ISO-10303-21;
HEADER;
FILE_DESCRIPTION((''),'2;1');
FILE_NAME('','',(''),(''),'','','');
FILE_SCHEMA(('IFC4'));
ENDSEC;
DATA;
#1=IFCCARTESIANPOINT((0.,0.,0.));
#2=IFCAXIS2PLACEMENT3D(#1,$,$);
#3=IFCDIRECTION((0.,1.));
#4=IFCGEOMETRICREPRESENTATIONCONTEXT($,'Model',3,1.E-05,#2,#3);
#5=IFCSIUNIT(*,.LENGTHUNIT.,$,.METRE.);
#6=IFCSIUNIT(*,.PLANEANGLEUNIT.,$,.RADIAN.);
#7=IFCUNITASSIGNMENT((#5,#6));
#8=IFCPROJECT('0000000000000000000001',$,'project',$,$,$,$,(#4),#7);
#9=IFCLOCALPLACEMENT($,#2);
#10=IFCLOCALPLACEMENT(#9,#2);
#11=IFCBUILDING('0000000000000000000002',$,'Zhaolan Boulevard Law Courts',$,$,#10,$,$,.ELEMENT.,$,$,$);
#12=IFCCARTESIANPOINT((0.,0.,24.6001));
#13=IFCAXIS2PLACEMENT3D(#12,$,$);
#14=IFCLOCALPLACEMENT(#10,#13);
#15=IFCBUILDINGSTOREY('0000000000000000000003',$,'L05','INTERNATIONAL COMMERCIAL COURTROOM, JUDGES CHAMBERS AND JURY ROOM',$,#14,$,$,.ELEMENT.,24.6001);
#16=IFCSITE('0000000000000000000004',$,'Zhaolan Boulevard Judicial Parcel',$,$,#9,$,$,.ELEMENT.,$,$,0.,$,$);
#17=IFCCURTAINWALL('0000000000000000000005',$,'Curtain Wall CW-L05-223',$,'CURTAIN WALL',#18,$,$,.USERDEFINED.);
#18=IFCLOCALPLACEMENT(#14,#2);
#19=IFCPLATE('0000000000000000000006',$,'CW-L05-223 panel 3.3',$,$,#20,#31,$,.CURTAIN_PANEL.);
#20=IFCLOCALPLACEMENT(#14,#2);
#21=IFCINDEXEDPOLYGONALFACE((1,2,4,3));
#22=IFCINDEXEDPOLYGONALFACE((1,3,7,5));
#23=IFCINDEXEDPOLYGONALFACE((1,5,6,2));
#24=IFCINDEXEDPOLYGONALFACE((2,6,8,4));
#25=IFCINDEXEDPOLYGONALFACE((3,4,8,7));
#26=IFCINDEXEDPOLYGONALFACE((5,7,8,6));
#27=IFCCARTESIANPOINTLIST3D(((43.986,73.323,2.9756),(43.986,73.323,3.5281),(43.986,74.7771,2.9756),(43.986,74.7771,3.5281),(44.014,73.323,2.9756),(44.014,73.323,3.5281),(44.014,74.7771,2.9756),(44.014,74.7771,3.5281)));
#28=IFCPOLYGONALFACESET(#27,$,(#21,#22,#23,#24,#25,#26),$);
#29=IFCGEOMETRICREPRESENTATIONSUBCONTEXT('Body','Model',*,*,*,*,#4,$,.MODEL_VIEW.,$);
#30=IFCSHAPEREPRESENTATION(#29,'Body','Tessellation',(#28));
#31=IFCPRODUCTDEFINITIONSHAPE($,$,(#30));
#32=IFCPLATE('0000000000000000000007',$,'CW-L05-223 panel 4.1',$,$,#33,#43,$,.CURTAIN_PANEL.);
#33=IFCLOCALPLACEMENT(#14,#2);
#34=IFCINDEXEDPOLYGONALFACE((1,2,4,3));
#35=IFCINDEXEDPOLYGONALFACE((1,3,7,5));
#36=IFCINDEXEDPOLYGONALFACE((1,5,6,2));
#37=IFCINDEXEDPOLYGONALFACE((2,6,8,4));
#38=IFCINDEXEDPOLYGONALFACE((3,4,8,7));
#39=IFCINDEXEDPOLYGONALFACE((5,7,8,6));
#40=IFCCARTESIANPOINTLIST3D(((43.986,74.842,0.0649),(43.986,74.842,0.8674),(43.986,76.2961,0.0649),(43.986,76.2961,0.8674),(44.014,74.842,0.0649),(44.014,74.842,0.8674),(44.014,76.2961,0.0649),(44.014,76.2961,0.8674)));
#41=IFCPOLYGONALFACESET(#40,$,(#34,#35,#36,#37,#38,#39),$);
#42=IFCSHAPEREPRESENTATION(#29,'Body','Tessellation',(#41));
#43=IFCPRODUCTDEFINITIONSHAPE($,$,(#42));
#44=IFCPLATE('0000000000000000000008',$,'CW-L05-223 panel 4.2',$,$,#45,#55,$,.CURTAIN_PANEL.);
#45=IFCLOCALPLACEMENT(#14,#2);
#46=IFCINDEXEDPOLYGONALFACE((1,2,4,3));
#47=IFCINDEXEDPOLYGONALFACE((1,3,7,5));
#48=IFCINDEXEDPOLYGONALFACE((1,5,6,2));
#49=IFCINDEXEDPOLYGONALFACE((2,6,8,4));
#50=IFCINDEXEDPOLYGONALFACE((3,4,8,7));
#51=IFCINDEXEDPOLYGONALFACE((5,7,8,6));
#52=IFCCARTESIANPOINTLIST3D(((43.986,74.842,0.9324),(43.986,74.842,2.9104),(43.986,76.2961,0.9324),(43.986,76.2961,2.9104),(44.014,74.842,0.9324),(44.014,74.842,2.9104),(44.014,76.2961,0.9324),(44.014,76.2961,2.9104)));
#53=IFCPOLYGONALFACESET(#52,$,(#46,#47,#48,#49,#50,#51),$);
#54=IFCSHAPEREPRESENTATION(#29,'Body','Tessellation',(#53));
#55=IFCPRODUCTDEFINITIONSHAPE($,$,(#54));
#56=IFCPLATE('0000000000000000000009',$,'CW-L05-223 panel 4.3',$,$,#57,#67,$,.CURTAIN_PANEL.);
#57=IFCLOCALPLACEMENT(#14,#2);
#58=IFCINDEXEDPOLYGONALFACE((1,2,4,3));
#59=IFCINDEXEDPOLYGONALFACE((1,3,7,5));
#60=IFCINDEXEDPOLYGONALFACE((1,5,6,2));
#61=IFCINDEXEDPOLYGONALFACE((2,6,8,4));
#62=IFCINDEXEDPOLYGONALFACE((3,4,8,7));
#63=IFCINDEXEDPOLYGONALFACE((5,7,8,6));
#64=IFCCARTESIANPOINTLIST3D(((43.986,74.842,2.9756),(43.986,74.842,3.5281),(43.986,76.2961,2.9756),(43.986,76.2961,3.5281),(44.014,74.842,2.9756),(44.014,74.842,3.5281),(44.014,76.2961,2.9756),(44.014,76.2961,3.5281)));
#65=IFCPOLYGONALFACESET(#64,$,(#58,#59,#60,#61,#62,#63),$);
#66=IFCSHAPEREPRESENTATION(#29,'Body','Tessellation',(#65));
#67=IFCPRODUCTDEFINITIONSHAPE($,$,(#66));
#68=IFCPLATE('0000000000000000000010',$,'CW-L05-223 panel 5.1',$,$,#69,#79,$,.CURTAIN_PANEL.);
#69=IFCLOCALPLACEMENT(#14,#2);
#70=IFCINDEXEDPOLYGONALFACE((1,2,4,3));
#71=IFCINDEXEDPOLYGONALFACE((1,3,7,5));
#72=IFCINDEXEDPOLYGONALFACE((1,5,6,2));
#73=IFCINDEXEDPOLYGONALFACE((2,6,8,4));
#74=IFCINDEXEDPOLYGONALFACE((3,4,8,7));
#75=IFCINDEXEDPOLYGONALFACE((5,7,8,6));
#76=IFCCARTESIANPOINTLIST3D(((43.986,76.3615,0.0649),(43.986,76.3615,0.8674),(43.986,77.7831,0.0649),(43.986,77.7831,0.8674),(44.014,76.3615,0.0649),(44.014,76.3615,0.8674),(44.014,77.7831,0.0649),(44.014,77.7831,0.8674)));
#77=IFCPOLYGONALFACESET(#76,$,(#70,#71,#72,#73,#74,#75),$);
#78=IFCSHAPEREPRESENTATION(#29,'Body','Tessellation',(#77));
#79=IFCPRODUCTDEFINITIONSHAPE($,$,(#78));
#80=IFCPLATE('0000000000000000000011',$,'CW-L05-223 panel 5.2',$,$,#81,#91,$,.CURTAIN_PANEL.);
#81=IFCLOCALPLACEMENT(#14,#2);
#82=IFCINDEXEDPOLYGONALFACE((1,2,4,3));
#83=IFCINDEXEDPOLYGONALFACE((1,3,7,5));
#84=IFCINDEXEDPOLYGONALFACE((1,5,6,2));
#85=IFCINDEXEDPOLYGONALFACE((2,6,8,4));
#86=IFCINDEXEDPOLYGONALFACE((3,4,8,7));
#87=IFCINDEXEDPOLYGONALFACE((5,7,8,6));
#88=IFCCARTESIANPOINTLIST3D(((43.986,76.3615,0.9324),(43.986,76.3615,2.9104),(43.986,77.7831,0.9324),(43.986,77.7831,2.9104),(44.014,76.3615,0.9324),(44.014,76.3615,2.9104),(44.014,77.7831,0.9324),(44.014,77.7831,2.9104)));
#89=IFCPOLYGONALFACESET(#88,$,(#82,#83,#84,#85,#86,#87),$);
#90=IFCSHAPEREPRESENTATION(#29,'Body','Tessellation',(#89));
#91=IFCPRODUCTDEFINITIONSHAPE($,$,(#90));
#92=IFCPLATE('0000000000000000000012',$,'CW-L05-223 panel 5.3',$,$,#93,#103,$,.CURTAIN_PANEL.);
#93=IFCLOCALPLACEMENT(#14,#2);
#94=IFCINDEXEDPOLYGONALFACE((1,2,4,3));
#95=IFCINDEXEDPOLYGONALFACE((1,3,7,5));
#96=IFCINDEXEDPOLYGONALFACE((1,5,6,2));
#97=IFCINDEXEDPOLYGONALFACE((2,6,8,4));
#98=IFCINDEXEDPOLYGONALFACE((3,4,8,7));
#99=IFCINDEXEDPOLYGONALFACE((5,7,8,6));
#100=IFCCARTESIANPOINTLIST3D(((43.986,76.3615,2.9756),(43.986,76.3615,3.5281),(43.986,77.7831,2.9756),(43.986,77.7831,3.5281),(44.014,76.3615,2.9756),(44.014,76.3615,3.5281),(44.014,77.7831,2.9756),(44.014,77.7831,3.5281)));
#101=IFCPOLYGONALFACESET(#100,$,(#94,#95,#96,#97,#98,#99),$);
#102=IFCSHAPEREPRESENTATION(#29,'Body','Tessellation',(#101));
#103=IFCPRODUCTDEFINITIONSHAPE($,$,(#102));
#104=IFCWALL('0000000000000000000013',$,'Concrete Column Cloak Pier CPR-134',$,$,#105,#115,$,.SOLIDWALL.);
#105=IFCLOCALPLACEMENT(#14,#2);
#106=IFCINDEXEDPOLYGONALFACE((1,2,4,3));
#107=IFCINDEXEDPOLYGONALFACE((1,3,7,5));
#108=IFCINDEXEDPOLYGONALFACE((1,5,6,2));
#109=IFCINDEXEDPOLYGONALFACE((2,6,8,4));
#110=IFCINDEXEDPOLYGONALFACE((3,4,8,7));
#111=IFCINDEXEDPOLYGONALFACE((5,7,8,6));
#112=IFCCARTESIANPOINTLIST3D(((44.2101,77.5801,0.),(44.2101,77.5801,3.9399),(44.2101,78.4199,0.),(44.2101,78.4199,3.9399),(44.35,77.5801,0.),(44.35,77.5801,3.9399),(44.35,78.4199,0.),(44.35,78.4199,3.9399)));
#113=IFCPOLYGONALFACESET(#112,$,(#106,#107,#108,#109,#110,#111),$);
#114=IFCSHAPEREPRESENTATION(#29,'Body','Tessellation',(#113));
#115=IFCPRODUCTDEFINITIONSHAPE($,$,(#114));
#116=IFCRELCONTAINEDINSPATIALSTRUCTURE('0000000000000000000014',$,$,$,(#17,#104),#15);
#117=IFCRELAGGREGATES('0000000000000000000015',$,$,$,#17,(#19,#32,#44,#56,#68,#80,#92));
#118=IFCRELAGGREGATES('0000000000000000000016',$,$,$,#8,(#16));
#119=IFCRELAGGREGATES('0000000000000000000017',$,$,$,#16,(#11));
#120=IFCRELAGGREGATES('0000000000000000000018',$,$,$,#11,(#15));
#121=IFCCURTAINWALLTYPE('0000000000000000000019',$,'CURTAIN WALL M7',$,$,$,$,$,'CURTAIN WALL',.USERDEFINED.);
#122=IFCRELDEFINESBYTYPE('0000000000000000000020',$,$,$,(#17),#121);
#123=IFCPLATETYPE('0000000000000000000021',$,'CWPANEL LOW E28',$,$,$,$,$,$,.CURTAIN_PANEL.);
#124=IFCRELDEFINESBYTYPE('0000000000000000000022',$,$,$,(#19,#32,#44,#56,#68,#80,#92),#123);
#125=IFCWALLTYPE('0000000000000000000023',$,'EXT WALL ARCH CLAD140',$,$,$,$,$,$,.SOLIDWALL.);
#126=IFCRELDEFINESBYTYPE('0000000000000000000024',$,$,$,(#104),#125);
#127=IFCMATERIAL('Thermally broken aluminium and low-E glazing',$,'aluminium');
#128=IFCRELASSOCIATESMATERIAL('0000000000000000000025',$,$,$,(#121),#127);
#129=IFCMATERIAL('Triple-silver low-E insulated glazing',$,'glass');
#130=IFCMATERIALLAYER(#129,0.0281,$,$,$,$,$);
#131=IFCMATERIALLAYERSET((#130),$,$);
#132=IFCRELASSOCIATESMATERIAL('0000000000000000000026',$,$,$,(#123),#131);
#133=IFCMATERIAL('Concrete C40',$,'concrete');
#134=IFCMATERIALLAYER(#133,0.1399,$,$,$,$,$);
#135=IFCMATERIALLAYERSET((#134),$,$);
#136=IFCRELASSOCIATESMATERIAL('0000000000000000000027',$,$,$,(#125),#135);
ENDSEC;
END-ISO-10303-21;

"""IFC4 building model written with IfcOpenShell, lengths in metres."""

from ifc_helpers import new_model, si_unit, direction, frame, frame_2d, origin, origin_2d, place, context, subcontext, project, spatial, rectangle, extrude, material, layer, layer_set, type_object, element, aggregate, save


model = new_model("IFC4")

# Units and contexts
model_context = context("Model", 3, precision=1e-05, world=origin(), true_north=direction((0.0, 1.0)))
body_context = subcontext(model_context, "Body", "Model", "MODEL_VIEW")
ifc_project = project(units=[si_unit("LENGTHUNIT", "METRE"), si_unit("PLANEANGLEUNIT", "RADIAN")], contexts=[model_context])

# Site, building, storey
site_placement = place(None, origin())
site = spatial("IfcSite", under=ifc_project, at=site_placement, Name="Zhaolan Boulevard Judicial Parcel", CompositionType="ELEMENT", RefElevation=0.0)
building_placement = place(site_placement, origin())
building = spatial("IfcBuilding", under=site, at=building_placement, Name="Zhaolan Boulevard Law Courts", CompositionType="ELEMENT")
storey_placement = place(building_placement, frame((0.0, 0.0, 24.6001)))
storey = spatial("IfcBuildingStorey", under=building, at=storey_placement, Name="L05", Description="INTERNATIONAL COMMERCIAL COURTROOM, JUDGES CHAMBERS AND JURY ROOM", CompositionType="ELEMENT", Elevation=24.6001)

# Curtain wall, plates
ifc_material_1 = material(Name="Thermally broken aluminium and low-E glazing", Category="aluminium")
curtain_wall_type = type_object("IfcCurtainWallType", Name="CURTAIN WALL M7", ElementType="CURTAIN WALL", PredefinedType="USERDEFINED", material=ifc_material_1)
curtain_wall_placement = place(storey_placement, origin())
curtain_wall = element("IfcCurtainWall", 1, at=curtain_wall_placement, inside=storey, type_object=curtain_wall_type, Name="Curtain Wall CW-L05-223", ObjectType="CURTAIN WALL", PredefinedType="USERDEFINED")
ifc_material_2 = material(Name="Triple-silver low-E insulated glazing", Category="glass")
ifc_layer_1 = layer(ifc_material_2, 0.0281)
ifc_layer_set_1 = layer_set([ifc_layer_1])
plate_type = type_object("IfcPlateType", Name="CWPANEL LOW E28", PredefinedType="CURTAIN_PANEL", material=ifc_layer_set_1)
plate_1_placement = place(storey_placement, frame((44.0, 74.05, 2.9756), z_axis=(0.0, 0.0, 1.0), x_axis=(0.0, 1.0, 0.0)))
plate_1 = element("IfcPlate", 2, at=plate_1_placement, type_object=plate_type, Name="CW-L05-223 panel 3.3", PredefinedType="CURTAIN_PANEL", context=body_context, shape_type="SweptSolid", body=[
    extrude(rectangle(XDim=1.4541, YDim=0.0281, at=origin_2d()), origin(), (0.0, 0.0, 1.0), 0.5525),
])
plate_2_placement = place(storey_placement, frame((44.0, 75.5691, 0.0649), z_axis=(0.0, 0.0, 1.0), x_axis=(0.0, 1.0, 0.0)))
plate_2 = element("IfcPlate", 3, at=plate_2_placement, type_object=plate_type, Name="CW-L05-223 panel 4.1", PredefinedType="CURTAIN_PANEL", context=body_context, shape_type="SweptSolid", body=[
    extrude(rectangle(XDim=1.4541, YDim=0.0281, at=origin_2d()), origin(), (0.0, 0.0, 1.0), 0.8025),
])
plate_3_placement = place(storey_placement, frame((44.0, 75.5691, 0.9324), z_axis=(0.0, 0.0, 1.0), x_axis=(0.0, 1.0, 0.0)))
plate_3 = element("IfcPlate", 4, at=plate_3_placement, type_object=plate_type, Name="CW-L05-223 panel 4.2", PredefinedType="CURTAIN_PANEL", context=body_context, shape_type="SweptSolid", body=[
    extrude(rectangle(XDim=1.4541, YDim=0.0281, at=origin_2d()), origin(), (0.0, 0.0, 1.0), 1.978),
])
plate_4_placement = place(storey_placement, frame((44.0, 75.5691, 2.9756), z_axis=(0.0, 0.0, 1.0), x_axis=(0.0, 1.0, 0.0)))
plate_4 = element("IfcPlate", 5, at=plate_4_placement, type_object=plate_type, Name="CW-L05-223 panel 4.3", PredefinedType="CURTAIN_PANEL", context=body_context, shape_type="SweptSolid", body=[
    extrude(rectangle(XDim=1.4541, YDim=0.0281, at=origin_2d()), origin(), (0.0, 0.0, 1.0), 0.5525),
])
plate_5_placement = place(storey_placement, frame((44.0, 77.0723, 0.0649), z_axis=(0.0, 0.0, 1.0), x_axis=(0.0, 1.0, 0.0)))
plate_5 = element("IfcPlate", 6, at=plate_5_placement, type_object=plate_type, Name="CW-L05-223 panel 5.1", PredefinedType="CURTAIN_PANEL", context=body_context, shape_type="SweptSolid", body=[
    extrude(rectangle(XDim=1.4216, YDim=0.0281, at=origin_2d()), origin(), (0.0, 0.0, 1.0), 0.8025),
])
plate_6_placement = place(storey_placement, frame((44.0, 77.0723, 0.9324), z_axis=(0.0, 0.0, 1.0), x_axis=(0.0, 1.0, 0.0)))
plate_6 = element("IfcPlate", 7, at=plate_6_placement, type_object=plate_type, Name="CW-L05-223 panel 5.2", PredefinedType="CURTAIN_PANEL", context=body_context, shape_type="SweptSolid", body=[
    extrude(rectangle(XDim=1.4216, YDim=0.0281, at=origin_2d()), origin(), (0.0, 0.0, 1.0), 1.978),
])
plate_7_placement = place(storey_placement, frame((44.0, 77.0723, 2.9756), z_axis=(0.0, 0.0, 1.0), x_axis=(0.0, 1.0, 0.0)))
plate_7 = element("IfcPlate", 8, at=plate_7_placement, type_object=plate_type, Name="CW-L05-223 panel 5.3", PredefinedType="CURTAIN_PANEL", context=body_context, shape_type="SweptSolid", body=[
    extrude(rectangle(XDim=1.4216, YDim=0.0281, at=origin_2d()), origin(), (0.0, 0.0, 1.0), 0.5525),
])
aggregate(curtain_wall, [plate_1, plate_2, plate_3, plate_4, plate_5, plate_6, plate_7])

# Wall
ifc_material_3 = material(Name="Concrete C40", Category="concrete")
ifc_layer_2 = layer(ifc_material_3, 0.1399)
ifc_layer_set_2 = layer_set([ifc_layer_2])
wall_type = type_object("IfcWallType", Name="EXT WALL ARCH CLAD140", PredefinedType="SOLIDWALL", material=ifc_layer_set_2)
wall_placement = place(storey_placement, frame((44.28, 77.5801, 0.0), z_axis=(0.0, 0.0, 1.0), x_axis=(0.0, 1.0, 0.0)))
element("IfcWall", 9, at=wall_placement, inside=storey, type_object=wall_type, Name="Concrete Column Cloak Pier CPR-134", PredefinedType="SOLIDWALL", context=body_context, shape_type="SweptSolid", body=[
    extrude(rectangle(XDim=0.8398, YDim=0.1399, at=frame_2d((0.4199, 0.0))), origin(), (0.0, 0.0, 1.0), 3.9399),
])

save(model, "model.ifc")
